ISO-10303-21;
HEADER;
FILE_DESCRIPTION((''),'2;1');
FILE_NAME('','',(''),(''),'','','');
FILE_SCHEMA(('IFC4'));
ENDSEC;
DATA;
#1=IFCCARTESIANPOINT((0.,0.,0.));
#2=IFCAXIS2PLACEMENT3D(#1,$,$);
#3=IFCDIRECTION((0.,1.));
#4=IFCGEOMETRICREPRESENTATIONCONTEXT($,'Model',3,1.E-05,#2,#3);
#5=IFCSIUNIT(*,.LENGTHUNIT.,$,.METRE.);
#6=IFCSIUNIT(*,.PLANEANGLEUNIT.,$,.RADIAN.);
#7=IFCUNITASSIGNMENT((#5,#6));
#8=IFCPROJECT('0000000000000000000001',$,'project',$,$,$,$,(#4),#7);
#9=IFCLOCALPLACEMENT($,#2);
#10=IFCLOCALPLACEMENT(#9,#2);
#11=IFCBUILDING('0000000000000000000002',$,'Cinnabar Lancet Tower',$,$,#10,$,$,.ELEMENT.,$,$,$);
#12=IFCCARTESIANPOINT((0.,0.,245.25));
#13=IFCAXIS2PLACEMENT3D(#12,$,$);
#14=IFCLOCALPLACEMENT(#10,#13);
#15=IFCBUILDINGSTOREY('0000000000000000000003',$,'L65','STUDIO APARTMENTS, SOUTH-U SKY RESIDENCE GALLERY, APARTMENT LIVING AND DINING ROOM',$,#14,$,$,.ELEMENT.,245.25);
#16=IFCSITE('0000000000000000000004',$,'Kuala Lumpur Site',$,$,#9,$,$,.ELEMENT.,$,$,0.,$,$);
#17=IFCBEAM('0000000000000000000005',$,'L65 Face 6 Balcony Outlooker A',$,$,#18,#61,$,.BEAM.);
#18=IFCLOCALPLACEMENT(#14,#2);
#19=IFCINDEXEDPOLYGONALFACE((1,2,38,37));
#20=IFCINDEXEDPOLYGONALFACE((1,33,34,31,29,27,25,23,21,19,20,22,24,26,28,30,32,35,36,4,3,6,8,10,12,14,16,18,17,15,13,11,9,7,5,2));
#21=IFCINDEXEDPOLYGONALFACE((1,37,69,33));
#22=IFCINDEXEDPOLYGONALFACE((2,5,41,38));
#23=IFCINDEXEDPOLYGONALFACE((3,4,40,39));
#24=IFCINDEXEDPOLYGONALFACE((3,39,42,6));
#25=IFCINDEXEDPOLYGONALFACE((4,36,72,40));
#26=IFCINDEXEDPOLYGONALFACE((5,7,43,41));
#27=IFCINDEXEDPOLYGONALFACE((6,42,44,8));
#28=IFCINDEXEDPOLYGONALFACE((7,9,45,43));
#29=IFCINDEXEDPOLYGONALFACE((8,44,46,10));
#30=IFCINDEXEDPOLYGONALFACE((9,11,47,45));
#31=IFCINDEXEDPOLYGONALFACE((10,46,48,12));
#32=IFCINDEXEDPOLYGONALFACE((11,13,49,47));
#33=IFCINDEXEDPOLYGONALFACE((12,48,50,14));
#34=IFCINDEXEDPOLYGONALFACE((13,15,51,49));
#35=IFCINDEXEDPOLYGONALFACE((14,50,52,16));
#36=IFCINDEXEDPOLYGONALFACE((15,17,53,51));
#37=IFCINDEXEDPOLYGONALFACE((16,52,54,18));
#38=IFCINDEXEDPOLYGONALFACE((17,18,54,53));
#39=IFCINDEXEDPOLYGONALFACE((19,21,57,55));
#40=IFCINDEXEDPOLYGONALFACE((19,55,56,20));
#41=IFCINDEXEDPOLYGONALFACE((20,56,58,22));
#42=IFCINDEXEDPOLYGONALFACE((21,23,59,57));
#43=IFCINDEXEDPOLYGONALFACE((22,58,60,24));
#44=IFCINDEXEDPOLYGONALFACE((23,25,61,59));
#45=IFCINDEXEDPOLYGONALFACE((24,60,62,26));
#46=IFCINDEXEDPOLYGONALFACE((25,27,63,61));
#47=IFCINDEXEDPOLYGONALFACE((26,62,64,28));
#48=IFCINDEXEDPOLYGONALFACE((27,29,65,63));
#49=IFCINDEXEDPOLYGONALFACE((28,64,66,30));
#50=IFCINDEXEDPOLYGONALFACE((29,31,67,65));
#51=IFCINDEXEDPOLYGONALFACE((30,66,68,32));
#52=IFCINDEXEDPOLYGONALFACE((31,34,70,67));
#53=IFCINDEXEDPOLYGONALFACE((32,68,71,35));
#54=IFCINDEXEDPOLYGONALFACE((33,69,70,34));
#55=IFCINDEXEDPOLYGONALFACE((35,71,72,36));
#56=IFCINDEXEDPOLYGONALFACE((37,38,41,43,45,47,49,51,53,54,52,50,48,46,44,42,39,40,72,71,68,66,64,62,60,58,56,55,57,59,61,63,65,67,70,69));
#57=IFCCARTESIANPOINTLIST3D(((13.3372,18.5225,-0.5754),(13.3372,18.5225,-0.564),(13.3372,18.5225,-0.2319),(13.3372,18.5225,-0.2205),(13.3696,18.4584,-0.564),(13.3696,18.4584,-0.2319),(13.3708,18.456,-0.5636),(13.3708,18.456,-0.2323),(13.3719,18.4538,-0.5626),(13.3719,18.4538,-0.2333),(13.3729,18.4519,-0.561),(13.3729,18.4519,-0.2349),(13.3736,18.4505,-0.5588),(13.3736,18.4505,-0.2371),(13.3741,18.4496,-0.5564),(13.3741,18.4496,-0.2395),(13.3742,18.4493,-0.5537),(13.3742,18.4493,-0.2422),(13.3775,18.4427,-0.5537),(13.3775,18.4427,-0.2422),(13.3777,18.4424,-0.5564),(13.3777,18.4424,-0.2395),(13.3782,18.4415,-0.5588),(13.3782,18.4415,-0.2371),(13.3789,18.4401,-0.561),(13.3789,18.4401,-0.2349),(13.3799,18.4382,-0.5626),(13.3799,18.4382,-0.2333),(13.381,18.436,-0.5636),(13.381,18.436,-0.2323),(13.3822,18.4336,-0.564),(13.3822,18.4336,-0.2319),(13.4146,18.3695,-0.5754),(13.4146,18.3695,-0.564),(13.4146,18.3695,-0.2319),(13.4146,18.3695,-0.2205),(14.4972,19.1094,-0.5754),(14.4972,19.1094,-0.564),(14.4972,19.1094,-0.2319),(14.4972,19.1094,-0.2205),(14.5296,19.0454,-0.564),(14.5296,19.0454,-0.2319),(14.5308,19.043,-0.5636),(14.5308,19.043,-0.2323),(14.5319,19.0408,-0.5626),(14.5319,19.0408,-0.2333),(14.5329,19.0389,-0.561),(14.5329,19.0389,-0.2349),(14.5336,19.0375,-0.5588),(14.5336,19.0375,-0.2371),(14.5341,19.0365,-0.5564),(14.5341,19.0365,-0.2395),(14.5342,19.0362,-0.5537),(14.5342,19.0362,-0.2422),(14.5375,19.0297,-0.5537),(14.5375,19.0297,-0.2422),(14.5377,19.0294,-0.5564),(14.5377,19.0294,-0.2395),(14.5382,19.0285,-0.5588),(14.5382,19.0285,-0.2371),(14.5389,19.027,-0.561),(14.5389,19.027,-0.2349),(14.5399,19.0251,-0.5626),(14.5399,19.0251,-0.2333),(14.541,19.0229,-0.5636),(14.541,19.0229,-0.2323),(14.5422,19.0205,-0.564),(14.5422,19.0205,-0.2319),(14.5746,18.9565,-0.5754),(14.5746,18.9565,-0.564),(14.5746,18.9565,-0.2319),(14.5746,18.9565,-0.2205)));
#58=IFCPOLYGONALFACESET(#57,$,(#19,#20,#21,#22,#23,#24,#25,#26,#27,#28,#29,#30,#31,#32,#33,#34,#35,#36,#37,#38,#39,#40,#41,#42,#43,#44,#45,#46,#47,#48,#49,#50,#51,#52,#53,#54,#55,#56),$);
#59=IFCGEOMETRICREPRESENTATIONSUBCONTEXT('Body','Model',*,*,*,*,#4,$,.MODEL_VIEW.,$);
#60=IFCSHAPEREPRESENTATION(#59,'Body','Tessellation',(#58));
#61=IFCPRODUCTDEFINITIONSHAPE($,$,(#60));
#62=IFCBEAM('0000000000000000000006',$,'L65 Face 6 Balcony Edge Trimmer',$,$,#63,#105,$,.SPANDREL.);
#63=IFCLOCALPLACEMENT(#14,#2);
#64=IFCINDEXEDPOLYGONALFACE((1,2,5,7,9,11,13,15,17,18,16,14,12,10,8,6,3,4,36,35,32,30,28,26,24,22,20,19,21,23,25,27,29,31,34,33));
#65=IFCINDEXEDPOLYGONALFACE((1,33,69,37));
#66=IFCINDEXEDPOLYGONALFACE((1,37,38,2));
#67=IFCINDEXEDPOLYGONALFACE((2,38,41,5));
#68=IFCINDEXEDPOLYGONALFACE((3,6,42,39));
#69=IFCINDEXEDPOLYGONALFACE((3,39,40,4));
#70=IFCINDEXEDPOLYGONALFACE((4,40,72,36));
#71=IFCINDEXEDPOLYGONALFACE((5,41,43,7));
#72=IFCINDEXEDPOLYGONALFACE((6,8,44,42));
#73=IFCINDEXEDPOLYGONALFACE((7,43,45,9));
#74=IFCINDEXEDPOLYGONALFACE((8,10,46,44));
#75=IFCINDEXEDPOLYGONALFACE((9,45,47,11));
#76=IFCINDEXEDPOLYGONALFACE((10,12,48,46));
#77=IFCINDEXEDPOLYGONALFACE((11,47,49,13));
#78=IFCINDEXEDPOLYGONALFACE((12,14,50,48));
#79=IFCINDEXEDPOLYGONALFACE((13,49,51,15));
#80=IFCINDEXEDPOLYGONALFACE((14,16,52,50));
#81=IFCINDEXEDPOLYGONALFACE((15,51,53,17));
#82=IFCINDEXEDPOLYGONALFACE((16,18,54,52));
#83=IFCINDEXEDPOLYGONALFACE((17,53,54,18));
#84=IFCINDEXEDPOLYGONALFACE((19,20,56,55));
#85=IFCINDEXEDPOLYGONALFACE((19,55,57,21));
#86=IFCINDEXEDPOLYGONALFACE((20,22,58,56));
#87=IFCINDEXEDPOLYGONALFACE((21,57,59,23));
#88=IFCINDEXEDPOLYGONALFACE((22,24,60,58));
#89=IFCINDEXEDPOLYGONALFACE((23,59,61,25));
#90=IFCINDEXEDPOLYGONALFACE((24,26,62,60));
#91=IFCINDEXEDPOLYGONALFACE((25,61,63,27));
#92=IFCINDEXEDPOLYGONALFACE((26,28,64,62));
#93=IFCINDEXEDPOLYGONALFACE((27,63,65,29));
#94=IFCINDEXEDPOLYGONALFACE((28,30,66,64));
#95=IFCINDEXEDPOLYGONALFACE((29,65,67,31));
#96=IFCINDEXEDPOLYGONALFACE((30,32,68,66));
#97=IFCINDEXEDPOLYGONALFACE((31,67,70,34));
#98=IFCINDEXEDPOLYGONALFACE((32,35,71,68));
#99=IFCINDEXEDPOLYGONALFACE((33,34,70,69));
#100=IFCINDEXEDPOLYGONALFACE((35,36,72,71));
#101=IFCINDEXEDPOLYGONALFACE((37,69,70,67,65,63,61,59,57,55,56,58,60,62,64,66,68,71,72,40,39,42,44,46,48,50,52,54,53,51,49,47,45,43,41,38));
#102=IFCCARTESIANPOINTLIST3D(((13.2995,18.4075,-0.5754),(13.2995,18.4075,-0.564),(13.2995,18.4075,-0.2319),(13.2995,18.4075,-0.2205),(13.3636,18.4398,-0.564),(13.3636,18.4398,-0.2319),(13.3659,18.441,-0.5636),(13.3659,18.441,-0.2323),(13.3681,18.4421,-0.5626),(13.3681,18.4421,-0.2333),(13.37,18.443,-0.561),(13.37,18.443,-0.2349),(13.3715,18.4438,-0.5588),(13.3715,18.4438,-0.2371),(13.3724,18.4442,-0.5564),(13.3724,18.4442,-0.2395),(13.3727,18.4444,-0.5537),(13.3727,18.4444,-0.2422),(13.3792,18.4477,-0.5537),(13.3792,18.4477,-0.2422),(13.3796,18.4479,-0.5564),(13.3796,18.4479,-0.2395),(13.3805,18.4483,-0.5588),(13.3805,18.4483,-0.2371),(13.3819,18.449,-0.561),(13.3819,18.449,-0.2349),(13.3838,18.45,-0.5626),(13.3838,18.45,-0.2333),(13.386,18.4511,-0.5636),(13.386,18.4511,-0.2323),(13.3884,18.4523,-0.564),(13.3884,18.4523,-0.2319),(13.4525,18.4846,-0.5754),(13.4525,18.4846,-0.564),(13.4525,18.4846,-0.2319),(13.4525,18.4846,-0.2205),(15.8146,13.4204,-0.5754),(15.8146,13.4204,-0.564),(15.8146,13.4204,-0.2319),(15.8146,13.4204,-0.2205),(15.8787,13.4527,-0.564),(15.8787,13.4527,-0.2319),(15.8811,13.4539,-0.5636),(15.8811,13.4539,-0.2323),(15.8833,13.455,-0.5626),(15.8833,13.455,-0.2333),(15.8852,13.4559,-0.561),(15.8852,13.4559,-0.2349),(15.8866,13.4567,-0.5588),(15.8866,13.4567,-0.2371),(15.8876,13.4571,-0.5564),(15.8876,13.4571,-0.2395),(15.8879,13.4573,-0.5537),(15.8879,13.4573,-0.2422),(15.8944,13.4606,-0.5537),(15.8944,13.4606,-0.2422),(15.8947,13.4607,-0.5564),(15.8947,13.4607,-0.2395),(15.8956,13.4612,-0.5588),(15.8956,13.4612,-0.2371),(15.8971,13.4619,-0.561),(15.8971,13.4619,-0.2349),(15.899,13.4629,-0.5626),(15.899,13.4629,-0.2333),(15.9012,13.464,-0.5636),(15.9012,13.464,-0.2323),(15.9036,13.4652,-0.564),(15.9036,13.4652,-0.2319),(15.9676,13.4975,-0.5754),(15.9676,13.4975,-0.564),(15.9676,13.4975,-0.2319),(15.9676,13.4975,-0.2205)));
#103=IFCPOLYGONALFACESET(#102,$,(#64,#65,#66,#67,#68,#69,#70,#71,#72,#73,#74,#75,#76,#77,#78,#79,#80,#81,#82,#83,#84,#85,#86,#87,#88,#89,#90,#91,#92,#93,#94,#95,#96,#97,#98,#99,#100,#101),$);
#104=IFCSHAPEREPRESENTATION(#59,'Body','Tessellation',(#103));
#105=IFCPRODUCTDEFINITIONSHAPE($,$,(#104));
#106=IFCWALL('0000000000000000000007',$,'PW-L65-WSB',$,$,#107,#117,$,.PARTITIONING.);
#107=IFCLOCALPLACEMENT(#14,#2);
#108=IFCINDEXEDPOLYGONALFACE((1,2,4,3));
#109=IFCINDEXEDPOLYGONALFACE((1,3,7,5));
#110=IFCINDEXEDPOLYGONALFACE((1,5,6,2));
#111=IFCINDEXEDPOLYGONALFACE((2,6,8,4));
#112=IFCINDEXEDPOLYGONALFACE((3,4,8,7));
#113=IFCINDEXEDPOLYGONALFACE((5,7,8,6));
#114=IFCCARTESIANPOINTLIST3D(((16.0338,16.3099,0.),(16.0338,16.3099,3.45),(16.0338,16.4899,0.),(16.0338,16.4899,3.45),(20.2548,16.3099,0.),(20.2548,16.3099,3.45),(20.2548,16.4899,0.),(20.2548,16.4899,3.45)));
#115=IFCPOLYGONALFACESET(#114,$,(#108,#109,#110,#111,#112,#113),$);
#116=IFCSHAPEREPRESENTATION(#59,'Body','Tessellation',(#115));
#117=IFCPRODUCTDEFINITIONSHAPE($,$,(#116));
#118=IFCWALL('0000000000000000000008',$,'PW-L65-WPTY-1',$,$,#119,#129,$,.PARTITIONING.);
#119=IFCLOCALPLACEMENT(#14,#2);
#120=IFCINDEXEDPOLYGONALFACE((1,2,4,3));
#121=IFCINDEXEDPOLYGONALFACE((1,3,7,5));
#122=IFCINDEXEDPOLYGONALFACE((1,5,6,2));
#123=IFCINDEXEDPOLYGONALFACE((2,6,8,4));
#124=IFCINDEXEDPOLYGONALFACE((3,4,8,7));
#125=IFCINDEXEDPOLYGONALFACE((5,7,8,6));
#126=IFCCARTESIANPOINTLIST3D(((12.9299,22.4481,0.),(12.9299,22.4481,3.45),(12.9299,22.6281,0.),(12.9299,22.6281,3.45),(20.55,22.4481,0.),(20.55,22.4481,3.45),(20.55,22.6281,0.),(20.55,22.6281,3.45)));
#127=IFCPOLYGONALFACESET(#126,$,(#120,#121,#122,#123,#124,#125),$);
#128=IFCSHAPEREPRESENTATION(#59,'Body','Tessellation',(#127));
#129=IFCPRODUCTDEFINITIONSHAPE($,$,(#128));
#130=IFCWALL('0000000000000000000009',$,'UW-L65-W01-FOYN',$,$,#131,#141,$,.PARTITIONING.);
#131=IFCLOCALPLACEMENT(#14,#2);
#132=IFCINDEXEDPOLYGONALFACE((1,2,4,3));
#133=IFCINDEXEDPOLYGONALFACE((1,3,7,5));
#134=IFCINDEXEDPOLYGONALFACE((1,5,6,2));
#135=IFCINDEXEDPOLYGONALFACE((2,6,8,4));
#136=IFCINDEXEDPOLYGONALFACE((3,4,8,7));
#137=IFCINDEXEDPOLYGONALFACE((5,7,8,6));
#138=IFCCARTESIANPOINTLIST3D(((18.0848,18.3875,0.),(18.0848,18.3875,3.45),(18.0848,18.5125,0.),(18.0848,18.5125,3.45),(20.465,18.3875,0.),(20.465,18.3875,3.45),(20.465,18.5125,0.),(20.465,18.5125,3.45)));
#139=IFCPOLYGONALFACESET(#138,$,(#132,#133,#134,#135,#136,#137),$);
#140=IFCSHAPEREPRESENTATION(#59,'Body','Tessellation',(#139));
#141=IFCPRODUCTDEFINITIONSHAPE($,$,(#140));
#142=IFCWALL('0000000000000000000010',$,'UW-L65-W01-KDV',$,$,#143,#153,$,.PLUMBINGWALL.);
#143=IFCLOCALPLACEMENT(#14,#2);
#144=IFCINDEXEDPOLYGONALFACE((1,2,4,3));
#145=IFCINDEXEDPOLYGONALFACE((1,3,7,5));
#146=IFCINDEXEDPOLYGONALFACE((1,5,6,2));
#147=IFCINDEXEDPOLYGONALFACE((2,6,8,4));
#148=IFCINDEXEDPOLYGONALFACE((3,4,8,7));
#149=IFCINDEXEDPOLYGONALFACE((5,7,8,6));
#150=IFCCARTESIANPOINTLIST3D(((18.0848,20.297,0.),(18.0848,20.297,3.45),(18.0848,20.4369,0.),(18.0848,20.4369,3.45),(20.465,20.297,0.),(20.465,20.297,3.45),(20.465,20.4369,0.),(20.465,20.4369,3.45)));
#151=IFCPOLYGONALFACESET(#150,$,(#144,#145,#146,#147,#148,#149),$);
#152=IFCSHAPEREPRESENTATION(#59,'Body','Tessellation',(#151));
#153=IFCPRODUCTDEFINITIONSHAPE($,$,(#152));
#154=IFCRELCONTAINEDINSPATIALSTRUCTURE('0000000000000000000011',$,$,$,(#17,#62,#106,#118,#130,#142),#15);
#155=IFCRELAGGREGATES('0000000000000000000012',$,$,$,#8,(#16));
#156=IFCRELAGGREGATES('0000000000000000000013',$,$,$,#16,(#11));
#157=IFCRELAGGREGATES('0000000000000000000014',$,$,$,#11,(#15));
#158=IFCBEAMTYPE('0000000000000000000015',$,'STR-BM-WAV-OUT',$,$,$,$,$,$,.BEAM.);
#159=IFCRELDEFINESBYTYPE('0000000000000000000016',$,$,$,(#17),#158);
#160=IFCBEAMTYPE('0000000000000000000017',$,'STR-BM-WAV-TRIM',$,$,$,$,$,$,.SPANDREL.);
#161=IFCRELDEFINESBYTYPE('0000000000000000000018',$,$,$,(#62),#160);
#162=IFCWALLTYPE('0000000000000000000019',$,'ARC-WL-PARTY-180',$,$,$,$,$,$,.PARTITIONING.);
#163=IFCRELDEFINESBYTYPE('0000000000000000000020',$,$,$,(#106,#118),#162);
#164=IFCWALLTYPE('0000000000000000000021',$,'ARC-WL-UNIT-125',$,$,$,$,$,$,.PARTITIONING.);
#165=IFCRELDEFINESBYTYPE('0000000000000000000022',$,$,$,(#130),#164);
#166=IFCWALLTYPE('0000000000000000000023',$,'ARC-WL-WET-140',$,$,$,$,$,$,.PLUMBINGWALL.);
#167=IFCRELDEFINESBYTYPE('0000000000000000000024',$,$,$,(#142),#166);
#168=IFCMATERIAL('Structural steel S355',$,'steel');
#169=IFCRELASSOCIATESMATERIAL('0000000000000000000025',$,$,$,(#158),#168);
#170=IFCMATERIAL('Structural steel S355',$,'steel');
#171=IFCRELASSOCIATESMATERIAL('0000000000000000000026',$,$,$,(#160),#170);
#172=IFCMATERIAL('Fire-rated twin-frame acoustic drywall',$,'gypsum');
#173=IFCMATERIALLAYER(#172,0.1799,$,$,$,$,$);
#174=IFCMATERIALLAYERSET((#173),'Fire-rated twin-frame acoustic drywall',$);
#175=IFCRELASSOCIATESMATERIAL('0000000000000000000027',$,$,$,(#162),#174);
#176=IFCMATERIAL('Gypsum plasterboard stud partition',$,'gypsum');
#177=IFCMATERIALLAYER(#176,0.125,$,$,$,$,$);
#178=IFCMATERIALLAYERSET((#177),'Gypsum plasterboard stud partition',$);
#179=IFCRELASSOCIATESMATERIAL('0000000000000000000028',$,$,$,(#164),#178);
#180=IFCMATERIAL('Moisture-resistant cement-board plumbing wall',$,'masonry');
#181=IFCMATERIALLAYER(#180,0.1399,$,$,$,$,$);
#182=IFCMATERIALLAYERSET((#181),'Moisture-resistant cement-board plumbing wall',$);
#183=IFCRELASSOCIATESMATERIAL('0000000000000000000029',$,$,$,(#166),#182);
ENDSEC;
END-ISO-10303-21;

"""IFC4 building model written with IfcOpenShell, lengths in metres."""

from ifc_helpers import new_model, si_unit, direction, frame, frame_2d, origin, origin_2d, place, context, subcontext, project, spatial, rectangle, i_section, extrude, material, layer, layer_set, material_profile, profile_set, type_object, element, save


model = new_model("IFC4")

# Units and contexts
model_context = context("Model", 3, precision=1e-05, world=origin(), true_north=direction((0.0, 1.0)))
body_context = subcontext(model_context, "Body", "Model", "MODEL_VIEW")
ifc_project = project(units=[si_unit("LENGTHUNIT", "METRE"), si_unit("PLANEANGLEUNIT", "RADIAN")], contexts=[model_context])

# Site, building, storey
site_placement = place(None, origin())
site = spatial("IfcSite", under=ifc_project, at=site_placement, Name="Kuala Lumpur Site", CompositionType="ELEMENT", RefElevation=0.0)
building_placement = place(site_placement, origin())
building = spatial("IfcBuilding", under=site, at=building_placement, Name="Cinnabar Lancet Tower", CompositionType="ELEMENT")
storey_placement = place(building_placement, frame((0.0, 0.0, 245.25)))
storey = spatial("IfcBuildingStorey", under=building, at=storey_placement, Name="L65", Description="STUDIO APARTMENTS, SOUTH-U SKY RESIDENCE GALLERY, APARTMENT LIVING AND DINING ROOM", CompositionType="ELEMENT", Elevation=245.25)

# Beams
ifc_material_1 = material(Name="Structural steel S355", Category="steel")
ifc_material_profile_1 = material_profile(ifc_material_1, i_section(OverallWidth=0.1714, OverallDepth=0.355, WebThickness=0.0073, FlangeThickness=0.0115, FilletRadius=0.0103, at=origin_2d()), Name="UKB 356x171x51")
ifc_profile_set_1 = profile_set([ifc_material_profile_1], Name="Structural steel S355")
beam_type_1 = type_object("IfcBeamType", Name="STR-BM-WAV-OUT", PredefinedType="BEAM", material=ifc_profile_set_1)
beam_1_placement = place(storey_placement, frame((14.5359, 19.033, -0.3979), z_axis=(-0.892276, -0.45149, 0.0), x_axis=(0.45149, -0.892276, 0.0)))
element("IfcBeam", 1, at=beam_1_placement, inside=storey, type_object=beam_type_1, Name="L65 Face 6 Balcony Outlooker A", PredefinedType="BEAM", context=body_context, shape_type="SweptSolid", body=[
    extrude(i_section(OverallWidth=0.1714, OverallDepth=0.355, WebThickness=0.0073, FlangeThickness=0.0115, FilletRadius=0.0103, at=origin_2d()), origin(), (0.0, 0.0, 1.0), 1.3),
])
ifc_material_2 = material(Name="Structural steel S355", Category="steel")
ifc_material_profile_2 = material_profile(ifc_material_2, i_section(OverallWidth=0.1714, OverallDepth=0.355, WebThickness=0.0073, FlangeThickness=0.0115, FilletRadius=0.0103, at=origin_2d()), Name="UKB 356x171x51")
ifc_profile_set_2 = profile_set([ifc_material_profile_2], Name="Structural steel S355")
beam_type_2 = type_object("IfcBeamType", Name="STR-BM-WAV-TRIM", PredefinedType="SPANDREL", material=ifc_profile_set_2)
beam_2_placement = place(storey_placement, frame((13.376, 18.446, -0.3979), z_axis=(0.450306, -0.892874, 0.0), x_axis=(0.892874, 0.450306, 0.0)))
element("IfcBeam", 2, at=beam_2_placement, inside=storey, type_object=beam_type_2, Name="L65 Face 6 Balcony Edge Trimmer", PredefinedType="SPANDREL", context=body_context, shape_type="SweptSolid", body=[
    extrude(i_section(OverallWidth=0.1714, OverallDepth=0.355, WebThickness=0.0073, FlangeThickness=0.0115, FilletRadius=0.0103, at=origin_2d()), origin(), (0.0, 0.0, 1.0), 5.5854),
])

# Walls
ifc_material_3 = material(Name="Fire-rated twin-frame acoustic drywall", Category="gypsum")
ifc_layer_1 = layer(ifc_material_3, 0.1799)
ifc_layer_set_1 = layer_set([ifc_layer_1], Name="Fire-rated twin-frame acoustic drywall")
wall_type_1 = type_object("IfcWallType", Name="ARC-WL-PARTY-180", PredefinedType="PARTITIONING", material=ifc_layer_set_1)
wall_1_placement = place(storey_placement, frame((16.0339, 16.3999, 0.0), z_axis=(0.0, 0.0, 1.0), x_axis=(1.0, 0.0, 0.0)))
element("IfcWall", 3, at=wall_1_placement, inside=storey, type_object=wall_type_1, Name="PW-L65-WSB", PredefinedType="PARTITIONING", context=body_context, shape_type="SweptSolid", body=[
    extrude(rectangle(XDim=4.2209, YDim=0.1799, at=frame_2d((2.1104, 0.0))), origin(), (0.0, 0.0, 1.0), 3.45),
])
wall_2_placement = place(storey_placement, frame((12.9299, 22.5381, 0.0), z_axis=(0.0, 0.0, 1.0), x_axis=(1.0, 0.0, 0.0)))
element("IfcWall", 4, at=wall_2_placement, inside=storey, type_object=wall_type_1, Name="PW-L65-WPTY-1", PredefinedType="PARTITIONING", context=body_context, shape_type="SweptSolid", body=[
    extrude(rectangle(XDim=7.6201, YDim=0.1799, at=frame_2d((3.8101, 0.0))), origin(), (0.0, 0.0, 1.0), 3.45),
])
ifc_material_4 = material(Name="Gypsum plasterboard stud partition", Category="gypsum")
ifc_layer_2 = layer(ifc_material_4, 0.125)
ifc_layer_set_2 = layer_set([ifc_layer_2], Name="Gypsum plasterboard stud partition")
wall_type_2 = type_object("IfcWallType", Name="ARC-WL-UNIT-125", PredefinedType="PARTITIONING", material=ifc_layer_set_2)
wall_3_placement = place(storey_placement, frame((18.085, 18.45, 0.0), z_axis=(0.0, 0.0, 1.0), x_axis=(1.0, 0.0, 0.0)))
element("IfcWall", 5, at=wall_3_placement, inside=storey, type_object=wall_type_2, Name="UW-L65-W01-FOYN", PredefinedType="PARTITIONING", context=body_context, shape_type="SweptSolid", body=[
    extrude(rectangle(XDim=2.3801, YDim=0.125, at=frame_2d((1.1899, 0.0))), origin(), (0.0, 0.0, 1.0), 3.45),
])

# Shared definitions
ifc_material_5 = material(Name="Moisture-resistant cement-board plumbing wall", Category="masonry")
ifc_layer_3 = layer(ifc_material_5, 0.1399)
ifc_layer_set_3 = layer_set([ifc_layer_3], Name="Moisture-resistant cement-board plumbing wall")
wall_type_3 = type_object("IfcWallType", Name="ARC-WL-WET-140", PredefinedType="PLUMBINGWALL", material=ifc_layer_set_3)

# Wall
wall_4_placement = place(storey_placement, frame((18.085, 20.3669, 0.0), z_axis=(0.0, 0.0, 1.0), x_axis=(1.0, 0.0, 0.0)))
element("IfcWall", 6, at=wall_4_placement, inside=storey, type_object=wall_type_3, Name="UW-L65-W01-KDV", PredefinedType="PLUMBINGWALL", context=body_context, shape_type="SweptSolid", body=[
    extrude(rectangle(XDim=2.3801, YDim=0.1399, at=frame_2d((1.1899, 0.0))), origin(), (0.0, 0.0, 1.0), 3.45),
])

save(model, "model.ifc")
